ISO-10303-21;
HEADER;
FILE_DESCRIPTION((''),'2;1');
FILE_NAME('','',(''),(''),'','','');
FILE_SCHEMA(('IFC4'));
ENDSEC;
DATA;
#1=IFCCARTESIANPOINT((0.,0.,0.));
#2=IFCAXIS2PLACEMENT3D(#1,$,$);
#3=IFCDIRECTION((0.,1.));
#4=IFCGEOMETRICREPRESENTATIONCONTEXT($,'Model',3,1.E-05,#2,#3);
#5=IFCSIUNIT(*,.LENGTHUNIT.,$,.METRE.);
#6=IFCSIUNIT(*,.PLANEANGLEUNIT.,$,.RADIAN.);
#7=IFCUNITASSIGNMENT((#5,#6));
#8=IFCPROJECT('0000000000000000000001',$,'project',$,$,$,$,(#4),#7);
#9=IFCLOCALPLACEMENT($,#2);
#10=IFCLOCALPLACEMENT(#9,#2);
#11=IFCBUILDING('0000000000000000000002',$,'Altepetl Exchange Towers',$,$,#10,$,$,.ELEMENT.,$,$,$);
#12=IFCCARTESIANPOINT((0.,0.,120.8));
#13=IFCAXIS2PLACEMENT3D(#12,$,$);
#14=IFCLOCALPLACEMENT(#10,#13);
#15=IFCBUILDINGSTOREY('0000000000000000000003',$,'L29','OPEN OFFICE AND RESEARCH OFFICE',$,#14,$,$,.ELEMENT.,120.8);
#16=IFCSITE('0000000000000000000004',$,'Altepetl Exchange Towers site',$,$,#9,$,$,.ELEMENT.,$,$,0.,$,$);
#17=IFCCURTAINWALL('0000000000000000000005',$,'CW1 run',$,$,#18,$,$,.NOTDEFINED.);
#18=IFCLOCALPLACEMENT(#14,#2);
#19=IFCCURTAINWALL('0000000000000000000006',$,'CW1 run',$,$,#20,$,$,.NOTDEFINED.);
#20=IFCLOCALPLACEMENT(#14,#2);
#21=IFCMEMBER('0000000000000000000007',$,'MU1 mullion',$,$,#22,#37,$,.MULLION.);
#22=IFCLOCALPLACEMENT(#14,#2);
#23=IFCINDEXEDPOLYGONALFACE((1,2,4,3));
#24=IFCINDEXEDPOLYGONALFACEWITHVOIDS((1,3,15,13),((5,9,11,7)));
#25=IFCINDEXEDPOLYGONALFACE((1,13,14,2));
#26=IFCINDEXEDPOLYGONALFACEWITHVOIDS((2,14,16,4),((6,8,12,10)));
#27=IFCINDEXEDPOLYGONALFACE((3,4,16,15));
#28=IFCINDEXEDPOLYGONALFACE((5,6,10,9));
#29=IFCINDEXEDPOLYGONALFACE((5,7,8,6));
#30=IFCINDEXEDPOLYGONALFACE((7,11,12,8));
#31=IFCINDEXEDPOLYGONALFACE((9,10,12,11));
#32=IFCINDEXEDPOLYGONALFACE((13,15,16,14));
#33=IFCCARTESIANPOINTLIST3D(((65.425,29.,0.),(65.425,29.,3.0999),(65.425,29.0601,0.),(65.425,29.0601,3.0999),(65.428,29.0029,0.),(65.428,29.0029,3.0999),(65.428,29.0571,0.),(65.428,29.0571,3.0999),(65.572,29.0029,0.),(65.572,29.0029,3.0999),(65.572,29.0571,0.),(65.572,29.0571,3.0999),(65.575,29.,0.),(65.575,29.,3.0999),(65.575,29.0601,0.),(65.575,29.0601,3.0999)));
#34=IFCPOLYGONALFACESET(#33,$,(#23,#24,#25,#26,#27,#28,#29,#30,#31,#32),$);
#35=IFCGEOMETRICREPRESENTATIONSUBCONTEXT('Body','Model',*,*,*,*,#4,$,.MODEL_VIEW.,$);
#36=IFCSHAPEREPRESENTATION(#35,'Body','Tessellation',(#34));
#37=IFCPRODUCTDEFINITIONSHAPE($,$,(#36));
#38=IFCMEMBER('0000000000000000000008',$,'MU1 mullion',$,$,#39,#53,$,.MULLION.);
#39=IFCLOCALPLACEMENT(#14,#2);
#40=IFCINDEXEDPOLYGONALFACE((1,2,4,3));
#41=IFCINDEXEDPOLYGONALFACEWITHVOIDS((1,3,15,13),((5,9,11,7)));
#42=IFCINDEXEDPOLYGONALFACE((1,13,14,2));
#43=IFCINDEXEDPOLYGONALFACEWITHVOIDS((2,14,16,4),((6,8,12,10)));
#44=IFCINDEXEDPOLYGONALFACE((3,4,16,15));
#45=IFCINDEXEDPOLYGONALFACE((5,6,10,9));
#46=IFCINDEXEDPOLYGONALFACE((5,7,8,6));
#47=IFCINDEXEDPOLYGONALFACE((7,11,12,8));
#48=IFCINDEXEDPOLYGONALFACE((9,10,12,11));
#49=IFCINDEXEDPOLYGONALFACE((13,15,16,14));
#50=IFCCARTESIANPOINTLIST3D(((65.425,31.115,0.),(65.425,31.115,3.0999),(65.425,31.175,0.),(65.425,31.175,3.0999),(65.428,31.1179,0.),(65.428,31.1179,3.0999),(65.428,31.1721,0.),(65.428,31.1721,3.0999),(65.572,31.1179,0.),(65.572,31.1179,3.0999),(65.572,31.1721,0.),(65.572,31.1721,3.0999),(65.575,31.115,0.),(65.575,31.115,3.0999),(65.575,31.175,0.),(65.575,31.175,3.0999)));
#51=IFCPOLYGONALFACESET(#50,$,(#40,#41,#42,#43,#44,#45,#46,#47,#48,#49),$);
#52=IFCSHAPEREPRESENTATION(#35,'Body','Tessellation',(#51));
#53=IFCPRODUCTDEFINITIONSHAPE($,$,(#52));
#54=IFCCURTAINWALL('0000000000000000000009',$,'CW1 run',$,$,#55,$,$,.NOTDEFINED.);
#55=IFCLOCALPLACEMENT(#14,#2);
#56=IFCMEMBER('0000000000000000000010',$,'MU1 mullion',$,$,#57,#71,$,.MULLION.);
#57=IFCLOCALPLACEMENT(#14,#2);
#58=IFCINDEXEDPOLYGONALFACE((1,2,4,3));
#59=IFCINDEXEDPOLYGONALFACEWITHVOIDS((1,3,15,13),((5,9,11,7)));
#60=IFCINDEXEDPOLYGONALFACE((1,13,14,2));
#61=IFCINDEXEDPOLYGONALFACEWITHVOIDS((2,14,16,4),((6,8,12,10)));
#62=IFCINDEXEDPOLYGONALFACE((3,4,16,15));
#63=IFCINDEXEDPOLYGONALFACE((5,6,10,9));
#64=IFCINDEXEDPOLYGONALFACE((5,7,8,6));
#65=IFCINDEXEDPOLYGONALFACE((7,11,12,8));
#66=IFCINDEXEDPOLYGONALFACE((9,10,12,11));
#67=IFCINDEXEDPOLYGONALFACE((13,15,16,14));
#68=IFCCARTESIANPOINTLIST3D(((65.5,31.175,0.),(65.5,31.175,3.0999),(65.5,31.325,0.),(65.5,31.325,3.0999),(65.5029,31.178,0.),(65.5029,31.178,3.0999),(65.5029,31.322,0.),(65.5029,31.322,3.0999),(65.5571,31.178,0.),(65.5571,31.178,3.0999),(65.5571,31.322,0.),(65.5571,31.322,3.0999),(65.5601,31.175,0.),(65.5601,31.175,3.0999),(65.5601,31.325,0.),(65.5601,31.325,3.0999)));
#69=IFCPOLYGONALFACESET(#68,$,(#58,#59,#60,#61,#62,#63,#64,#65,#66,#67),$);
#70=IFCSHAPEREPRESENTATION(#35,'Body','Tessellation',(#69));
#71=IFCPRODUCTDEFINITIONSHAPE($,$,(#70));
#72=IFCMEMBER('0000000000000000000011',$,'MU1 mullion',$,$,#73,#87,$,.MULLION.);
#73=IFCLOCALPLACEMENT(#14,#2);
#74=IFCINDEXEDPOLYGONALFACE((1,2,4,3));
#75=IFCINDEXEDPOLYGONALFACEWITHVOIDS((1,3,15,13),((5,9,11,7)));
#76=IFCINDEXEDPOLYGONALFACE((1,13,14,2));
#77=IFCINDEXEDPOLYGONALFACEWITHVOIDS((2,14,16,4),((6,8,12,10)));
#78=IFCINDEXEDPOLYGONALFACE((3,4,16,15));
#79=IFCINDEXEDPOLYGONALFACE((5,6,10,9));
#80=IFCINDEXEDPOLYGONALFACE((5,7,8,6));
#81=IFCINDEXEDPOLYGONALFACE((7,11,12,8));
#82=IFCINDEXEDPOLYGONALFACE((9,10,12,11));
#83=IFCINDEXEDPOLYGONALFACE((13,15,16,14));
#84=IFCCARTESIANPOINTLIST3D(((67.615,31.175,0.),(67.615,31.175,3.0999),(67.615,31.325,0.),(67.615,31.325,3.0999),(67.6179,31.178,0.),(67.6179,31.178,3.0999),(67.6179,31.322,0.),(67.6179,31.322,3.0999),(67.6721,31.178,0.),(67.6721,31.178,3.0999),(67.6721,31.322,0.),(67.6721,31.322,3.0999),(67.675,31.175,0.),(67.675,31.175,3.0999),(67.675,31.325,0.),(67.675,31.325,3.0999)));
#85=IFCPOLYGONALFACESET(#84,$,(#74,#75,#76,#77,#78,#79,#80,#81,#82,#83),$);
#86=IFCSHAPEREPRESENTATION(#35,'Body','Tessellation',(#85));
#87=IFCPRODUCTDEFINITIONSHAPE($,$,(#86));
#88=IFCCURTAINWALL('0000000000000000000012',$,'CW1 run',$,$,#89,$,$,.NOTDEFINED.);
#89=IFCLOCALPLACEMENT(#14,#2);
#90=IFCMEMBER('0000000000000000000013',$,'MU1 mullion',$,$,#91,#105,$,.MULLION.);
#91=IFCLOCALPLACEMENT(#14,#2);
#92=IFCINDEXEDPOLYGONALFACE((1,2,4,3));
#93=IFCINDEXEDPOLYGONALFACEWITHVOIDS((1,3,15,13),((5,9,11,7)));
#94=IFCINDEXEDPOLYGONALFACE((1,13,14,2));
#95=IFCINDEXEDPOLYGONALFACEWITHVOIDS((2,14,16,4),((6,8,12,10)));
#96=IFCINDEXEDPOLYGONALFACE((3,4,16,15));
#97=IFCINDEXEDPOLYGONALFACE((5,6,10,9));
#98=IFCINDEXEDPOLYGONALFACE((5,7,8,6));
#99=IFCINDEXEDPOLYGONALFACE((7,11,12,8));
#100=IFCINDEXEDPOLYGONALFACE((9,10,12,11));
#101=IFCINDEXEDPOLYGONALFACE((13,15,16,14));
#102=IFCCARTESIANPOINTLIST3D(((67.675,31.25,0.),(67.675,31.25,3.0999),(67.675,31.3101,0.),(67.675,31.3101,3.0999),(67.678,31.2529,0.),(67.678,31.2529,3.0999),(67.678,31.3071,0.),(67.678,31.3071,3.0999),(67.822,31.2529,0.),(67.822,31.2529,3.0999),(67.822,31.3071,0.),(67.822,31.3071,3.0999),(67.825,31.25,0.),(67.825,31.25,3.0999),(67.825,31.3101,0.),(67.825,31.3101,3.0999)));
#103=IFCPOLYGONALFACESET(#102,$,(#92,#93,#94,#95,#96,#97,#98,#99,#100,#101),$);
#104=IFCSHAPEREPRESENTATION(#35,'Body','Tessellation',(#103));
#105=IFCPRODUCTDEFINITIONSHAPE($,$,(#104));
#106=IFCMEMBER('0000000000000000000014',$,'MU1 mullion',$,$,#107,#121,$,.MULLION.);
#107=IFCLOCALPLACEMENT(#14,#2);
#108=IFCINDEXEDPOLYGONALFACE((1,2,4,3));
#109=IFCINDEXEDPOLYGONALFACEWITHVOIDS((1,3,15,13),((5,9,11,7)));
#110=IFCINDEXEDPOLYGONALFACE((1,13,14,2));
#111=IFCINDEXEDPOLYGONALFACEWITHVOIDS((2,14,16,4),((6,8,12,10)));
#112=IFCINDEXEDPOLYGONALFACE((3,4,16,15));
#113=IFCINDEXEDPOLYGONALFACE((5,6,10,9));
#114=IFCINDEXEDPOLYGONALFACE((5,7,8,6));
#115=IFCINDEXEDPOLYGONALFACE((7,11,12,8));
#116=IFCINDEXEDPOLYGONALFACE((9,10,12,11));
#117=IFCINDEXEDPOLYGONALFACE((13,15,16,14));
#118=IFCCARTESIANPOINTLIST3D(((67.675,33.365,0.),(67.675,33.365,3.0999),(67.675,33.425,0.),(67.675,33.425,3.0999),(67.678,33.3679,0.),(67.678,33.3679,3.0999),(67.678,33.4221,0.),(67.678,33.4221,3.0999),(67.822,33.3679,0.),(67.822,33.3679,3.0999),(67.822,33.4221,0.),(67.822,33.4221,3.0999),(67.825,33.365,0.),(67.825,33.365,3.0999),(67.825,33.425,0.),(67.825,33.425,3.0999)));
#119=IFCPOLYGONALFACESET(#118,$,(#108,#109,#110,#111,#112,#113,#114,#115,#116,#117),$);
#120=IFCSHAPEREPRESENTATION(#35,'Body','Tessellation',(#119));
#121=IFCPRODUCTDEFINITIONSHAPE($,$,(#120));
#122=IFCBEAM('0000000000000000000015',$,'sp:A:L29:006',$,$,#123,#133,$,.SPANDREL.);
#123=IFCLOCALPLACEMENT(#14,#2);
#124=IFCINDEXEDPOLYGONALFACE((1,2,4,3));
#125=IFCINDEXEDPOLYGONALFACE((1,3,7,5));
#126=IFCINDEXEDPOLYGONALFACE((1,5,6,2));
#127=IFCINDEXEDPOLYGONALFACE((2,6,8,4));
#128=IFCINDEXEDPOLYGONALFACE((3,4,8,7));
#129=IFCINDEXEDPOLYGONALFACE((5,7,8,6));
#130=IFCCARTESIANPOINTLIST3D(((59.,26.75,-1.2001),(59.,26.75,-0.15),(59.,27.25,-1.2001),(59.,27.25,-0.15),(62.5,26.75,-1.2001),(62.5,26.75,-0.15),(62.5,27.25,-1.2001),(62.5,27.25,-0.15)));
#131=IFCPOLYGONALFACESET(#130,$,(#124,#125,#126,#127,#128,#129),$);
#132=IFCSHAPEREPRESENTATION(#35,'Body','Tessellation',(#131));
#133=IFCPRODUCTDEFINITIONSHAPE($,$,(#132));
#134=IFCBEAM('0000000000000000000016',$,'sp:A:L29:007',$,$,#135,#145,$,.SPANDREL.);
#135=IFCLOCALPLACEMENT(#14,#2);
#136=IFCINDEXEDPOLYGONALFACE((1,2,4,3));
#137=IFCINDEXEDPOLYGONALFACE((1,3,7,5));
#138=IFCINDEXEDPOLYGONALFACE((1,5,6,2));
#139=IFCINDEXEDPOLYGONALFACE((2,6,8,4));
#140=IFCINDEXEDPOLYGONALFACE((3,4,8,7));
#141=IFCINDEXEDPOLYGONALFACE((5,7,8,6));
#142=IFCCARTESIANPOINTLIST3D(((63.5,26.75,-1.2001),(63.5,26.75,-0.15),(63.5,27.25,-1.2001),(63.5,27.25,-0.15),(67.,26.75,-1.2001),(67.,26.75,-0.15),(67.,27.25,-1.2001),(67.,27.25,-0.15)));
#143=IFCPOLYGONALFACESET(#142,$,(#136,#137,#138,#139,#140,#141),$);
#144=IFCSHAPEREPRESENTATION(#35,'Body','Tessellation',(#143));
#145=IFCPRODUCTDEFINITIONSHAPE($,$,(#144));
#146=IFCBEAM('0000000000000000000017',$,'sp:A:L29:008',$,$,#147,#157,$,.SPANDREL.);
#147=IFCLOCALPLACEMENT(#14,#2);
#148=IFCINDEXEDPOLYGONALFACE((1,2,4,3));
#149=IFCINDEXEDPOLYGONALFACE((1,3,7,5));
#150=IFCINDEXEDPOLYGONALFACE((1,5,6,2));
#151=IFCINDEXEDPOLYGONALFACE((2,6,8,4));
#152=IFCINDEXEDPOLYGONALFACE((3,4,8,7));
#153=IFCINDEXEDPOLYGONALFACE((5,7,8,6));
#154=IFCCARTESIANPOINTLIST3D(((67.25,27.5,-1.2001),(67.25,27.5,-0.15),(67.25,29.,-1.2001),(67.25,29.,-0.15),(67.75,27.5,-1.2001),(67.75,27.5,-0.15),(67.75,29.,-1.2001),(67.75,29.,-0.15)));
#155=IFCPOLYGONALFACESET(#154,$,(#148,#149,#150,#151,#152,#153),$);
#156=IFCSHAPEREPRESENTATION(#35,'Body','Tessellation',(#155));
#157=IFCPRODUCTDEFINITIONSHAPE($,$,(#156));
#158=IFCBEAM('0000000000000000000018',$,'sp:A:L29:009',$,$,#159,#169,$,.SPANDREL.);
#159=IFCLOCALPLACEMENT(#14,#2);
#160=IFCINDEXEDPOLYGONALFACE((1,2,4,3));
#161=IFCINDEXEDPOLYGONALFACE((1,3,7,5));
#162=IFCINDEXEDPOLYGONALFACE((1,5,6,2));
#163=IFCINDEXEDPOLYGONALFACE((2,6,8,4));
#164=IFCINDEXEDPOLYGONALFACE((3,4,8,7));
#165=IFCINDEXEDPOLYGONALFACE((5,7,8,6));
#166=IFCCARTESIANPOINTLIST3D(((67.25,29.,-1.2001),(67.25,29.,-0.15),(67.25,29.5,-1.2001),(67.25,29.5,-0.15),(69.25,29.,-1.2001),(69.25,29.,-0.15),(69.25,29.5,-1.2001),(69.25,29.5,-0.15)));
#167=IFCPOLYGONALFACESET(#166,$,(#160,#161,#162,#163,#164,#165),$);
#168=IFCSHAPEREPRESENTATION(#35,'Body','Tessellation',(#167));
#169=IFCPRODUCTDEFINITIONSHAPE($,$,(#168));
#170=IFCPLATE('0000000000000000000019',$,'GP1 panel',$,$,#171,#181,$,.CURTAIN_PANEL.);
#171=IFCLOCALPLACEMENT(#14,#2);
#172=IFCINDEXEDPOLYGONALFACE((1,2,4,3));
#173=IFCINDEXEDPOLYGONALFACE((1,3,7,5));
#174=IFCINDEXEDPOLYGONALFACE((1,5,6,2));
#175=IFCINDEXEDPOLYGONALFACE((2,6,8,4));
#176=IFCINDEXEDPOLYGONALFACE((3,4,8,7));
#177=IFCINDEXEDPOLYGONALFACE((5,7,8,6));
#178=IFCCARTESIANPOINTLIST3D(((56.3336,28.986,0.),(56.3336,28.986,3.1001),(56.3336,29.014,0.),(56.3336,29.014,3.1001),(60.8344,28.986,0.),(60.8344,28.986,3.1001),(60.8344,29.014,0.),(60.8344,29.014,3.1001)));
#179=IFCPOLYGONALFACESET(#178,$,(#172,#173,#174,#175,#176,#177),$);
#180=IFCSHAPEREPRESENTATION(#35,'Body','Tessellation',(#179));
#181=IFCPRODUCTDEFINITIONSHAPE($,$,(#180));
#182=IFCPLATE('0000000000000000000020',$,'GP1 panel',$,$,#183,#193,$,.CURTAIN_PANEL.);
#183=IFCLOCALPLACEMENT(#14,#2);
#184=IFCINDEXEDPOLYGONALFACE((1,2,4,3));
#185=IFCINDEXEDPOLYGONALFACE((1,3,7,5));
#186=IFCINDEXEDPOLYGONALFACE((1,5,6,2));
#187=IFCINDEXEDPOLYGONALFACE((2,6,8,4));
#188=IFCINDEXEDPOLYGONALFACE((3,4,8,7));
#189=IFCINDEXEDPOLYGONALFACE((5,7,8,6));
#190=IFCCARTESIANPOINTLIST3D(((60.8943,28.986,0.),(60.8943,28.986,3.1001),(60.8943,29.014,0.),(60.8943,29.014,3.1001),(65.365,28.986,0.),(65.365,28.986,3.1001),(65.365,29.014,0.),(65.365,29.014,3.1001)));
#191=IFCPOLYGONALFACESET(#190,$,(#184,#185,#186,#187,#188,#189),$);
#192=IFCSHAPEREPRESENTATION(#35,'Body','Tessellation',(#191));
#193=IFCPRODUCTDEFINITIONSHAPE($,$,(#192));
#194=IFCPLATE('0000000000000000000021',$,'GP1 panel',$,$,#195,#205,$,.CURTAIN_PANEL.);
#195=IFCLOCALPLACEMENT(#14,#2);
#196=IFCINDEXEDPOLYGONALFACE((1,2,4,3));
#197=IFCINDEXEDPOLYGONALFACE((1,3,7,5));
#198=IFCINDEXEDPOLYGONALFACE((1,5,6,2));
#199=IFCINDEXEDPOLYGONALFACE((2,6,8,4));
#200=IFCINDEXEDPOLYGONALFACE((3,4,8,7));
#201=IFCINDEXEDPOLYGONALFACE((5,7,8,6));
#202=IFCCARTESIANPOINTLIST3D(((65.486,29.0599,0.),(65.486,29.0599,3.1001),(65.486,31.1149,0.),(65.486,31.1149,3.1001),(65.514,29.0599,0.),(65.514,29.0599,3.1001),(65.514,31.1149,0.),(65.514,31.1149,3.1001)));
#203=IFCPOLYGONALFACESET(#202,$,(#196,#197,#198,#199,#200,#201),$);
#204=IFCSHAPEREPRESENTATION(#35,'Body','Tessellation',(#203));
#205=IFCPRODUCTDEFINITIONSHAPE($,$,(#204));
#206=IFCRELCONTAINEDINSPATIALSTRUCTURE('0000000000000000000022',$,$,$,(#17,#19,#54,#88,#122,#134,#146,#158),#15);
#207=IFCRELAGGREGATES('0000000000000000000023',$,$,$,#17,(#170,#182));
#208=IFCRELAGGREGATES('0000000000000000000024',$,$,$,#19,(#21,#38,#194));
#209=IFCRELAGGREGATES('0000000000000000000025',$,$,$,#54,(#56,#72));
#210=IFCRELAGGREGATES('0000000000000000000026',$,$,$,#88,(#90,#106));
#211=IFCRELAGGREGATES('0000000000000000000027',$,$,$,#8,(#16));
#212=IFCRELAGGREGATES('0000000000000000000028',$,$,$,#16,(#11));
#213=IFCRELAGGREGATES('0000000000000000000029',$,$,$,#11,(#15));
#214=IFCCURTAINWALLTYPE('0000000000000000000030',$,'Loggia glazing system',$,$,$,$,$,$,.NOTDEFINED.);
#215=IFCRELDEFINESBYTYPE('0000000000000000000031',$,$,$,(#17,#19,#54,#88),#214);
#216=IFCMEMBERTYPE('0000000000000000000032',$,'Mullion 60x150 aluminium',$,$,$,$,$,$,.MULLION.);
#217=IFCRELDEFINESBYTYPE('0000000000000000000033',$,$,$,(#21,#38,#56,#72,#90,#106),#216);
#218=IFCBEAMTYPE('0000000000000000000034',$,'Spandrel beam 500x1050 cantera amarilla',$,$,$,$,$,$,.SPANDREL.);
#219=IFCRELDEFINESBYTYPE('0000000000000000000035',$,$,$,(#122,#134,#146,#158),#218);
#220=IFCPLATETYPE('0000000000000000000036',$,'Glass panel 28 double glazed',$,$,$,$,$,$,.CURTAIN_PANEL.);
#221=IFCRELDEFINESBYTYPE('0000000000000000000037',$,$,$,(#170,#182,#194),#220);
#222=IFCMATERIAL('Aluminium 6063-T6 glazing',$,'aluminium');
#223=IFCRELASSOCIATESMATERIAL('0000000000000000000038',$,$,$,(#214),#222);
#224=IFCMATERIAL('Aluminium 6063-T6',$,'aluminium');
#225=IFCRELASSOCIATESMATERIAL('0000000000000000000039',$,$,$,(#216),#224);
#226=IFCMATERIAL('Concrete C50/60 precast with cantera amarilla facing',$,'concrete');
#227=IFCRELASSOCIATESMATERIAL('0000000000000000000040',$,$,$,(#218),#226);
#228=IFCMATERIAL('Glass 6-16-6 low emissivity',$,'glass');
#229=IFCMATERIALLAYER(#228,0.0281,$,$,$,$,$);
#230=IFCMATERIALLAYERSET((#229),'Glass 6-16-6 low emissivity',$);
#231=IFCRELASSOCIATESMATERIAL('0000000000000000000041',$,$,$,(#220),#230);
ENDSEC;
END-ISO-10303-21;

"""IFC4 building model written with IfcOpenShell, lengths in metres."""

from ifc_helpers import new_model, si_unit, direction, frame, origin, origin_2d, place, context, subcontext, project, spatial, rectangle, hollow_rectangle, extrude, material, layer, layer_set, material_profile, profile_set, type_object, element, aggregate, save


model = new_model("IFC4")

# Units and contexts
model_context = context("Model", 3, precision=1e-05, world=origin(), true_north=direction((0.0, 1.0)))
body_context = subcontext(model_context, "Body", "Model", "MODEL_VIEW")
ifc_project = project(units=[si_unit("LENGTHUNIT", "METRE"), si_unit("PLANEANGLEUNIT", "RADIAN")], contexts=[model_context])

# Site, building, storey
site_placement = place(None, origin())
site = spatial("IfcSite", under=ifc_project, at=site_placement, Name="Altepetl Exchange Towers site", CompositionType="ELEMENT", RefElevation=0.0)
building_placement = place(site_placement, origin())
building = spatial("IfcBuilding", under=site, at=building_placement, Name="Altepetl Exchange Towers", CompositionType="ELEMENT")
storey_placement = place(building_placement, frame((0.0, 0.0, 120.8)))
storey = spatial("IfcBuildingStorey", under=building, at=storey_placement, Name="L29", Description="OPEN OFFICE AND RESEARCH OFFICE", CompositionType="ELEMENT", Elevation=120.8)

# Curtain walls, members
ifc_material_1 = material(Name="Aluminium 6063-T6 glazing", Category="aluminium")
curtain_wall_type = type_object("IfcCurtainWallType", Name="Loggia glazing system", PredefinedType="NOTDEFINED", material=ifc_material_1)
curtain_wall_1_placement = place(storey_placement, origin())
curtain_wall_1 = element("IfcCurtainWall", 1, at=curtain_wall_1_placement, inside=storey, type_object=curtain_wall_type, Name="CW1 run", PredefinedType="NOTDEFINED")
ifc_material_2 = material(Name="Aluminium 6063-T6", Category="aluminium")
ifc_material_profile_1 = material_profile(ifc_material_2, hollow_rectangle(XDim=0.0601, YDim=0.1499, WallThickness=0.0029, at=origin_2d()), Name="Mullion 60x150 aluminium")
ifc_profile_set_1 = profile_set([ifc_material_profile_1], Name="Aluminium 6063-T6")
member_type = type_object("IfcMemberType", Name="Mullion 60x150 aluminium", PredefinedType="MULLION", material=ifc_profile_set_1)
curtain_wall_2_placement = place(storey_placement, origin())
curtain_wall_2 = element("IfcCurtainWall", 2, at=curtain_wall_2_placement, inside=storey, type_object=curtain_wall_type, Name="CW1 run", PredefinedType="NOTDEFINED")
member_1_placement = place(storey_placement, frame((65.5, 29.03, 0.0), z_axis=(0.0, 0.0, 1.0), x_axis=(0.0, 1.0, 0.0)))
member_1 = element("IfcMember", 3, at=member_1_placement, type_object=member_type, Name="MU1 mullion", PredefinedType="MULLION", context=body_context, shape_type="SweptSolid", body=[
    extrude(hollow_rectangle(XDim=0.0601, YDim=0.1499, WallThickness=0.0029, at=origin_2d()), origin(), (0.0, 0.0, 1.0), 3.0999),
])
member_2_placement = place(storey_placement, frame((65.5, 31.145, 0.0), z_axis=(0.0, 0.0, 1.0), x_axis=(0.0, 1.0, 0.0)))
member_2 = element("IfcMember", 4, at=member_2_placement, type_object=member_type, Name="MU1 mullion", PredefinedType="MULLION", context=body_context, shape_type="SweptSolid", body=[
    extrude(hollow_rectangle(XDim=0.0601, YDim=0.1499, WallThickness=0.0029, at=origin_2d()), origin(), (0.0, 0.0, 1.0), 3.0999),
])
curtain_wall_3_placement = place(storey_placement, origin())
curtain_wall_3 = element("IfcCurtainWall", 5, at=curtain_wall_3_placement, inside=storey, type_object=curtain_wall_type, Name="CW1 run", PredefinedType="NOTDEFINED")
member_3_placement = place(storey_placement, frame((65.53, 31.25, 0.0)))
member_3 = element("IfcMember", 6, at=member_3_placement, type_object=member_type, Name="MU1 mullion", PredefinedType="MULLION", context=body_context, shape_type="SweptSolid", body=[
    extrude(hollow_rectangle(XDim=0.0601, YDim=0.1499, WallThickness=0.0029, at=origin_2d()), origin(), (0.0, 0.0, 1.0), 3.0999),
])
member_4_placement = place(storey_placement, frame((67.645, 31.25, 0.0)))
member_4 = element("IfcMember", 7, at=member_4_placement, type_object=member_type, Name="MU1 mullion", PredefinedType="MULLION", context=body_context, shape_type="SweptSolid", body=[
    extrude(hollow_rectangle(XDim=0.0601, YDim=0.1499, WallThickness=0.0029, at=origin_2d()), origin(), (0.0, 0.0, 1.0), 3.0999),
])
curtain_wall_4_placement = place(storey_placement, origin())
curtain_wall_4 = element("IfcCurtainWall", 8, at=curtain_wall_4_placement, inside=storey, type_object=curtain_wall_type, Name="CW1 run", PredefinedType="NOTDEFINED")
member_5_placement = place(storey_placement, frame((67.75, 31.28, 0.0), z_axis=(0.0, 0.0, 1.0), x_axis=(0.0, 1.0, 0.0)))
member_5 = element("IfcMember", 9, at=member_5_placement, type_object=member_type, Name="MU1 mullion", PredefinedType="MULLION", context=body_context, shape_type="SweptSolid", body=[
    extrude(hollow_rectangle(XDim=0.0601, YDim=0.1499, WallThickness=0.0029, at=origin_2d()), origin(), (0.0, 0.0, 1.0), 3.0999),
])
member_6_placement = place(storey_placement, frame((67.75, 33.395, 0.0), z_axis=(0.0, 0.0, 1.0), x_axis=(0.0, 1.0, 0.0)))
member_6 = element("IfcMember", 10, at=member_6_placement, type_object=member_type, Name="MU1 mullion", PredefinedType="MULLION", context=body_context, shape_type="SweptSolid", body=[
    extrude(hollow_rectangle(XDim=0.0601, YDim=0.1499, WallThickness=0.0029, at=origin_2d()), origin(), (0.0, 0.0, 1.0), 3.0999),
])

# Beams
ifc_material_3 = material(Name="Concrete C50/60 precast with cantera amarilla facing", Category="concrete")
ifc_material_profile_2 = material_profile(ifc_material_3, rectangle(XDim=0.5, YDim=1.05, at=origin_2d()), Name="500 x 1050")
ifc_profile_set_2 = profile_set([ifc_material_profile_2], Name="Concrete C50/60 precast with cantera amarilla facing")
beam_type_1 = type_object("IfcBeamType", Name="Spandrel beam 500x1050 cantera amarilla", PredefinedType="SPANDREL", material=ifc_profile_set_2)
for number, where, z_axis, x_axis, name in (
    (11, (59.0, 27.0, -0.675), (1.0, 0.0, 0.0), (0.0, 1.0, 0.0), "sp:A:L29:006"),
    (12, (63.5, 27.0, -0.675), (1.0, 0.0, 0.0), (0.0, 1.0, 0.0), "sp:A:L29:007"),
):
    element("IfcBeam", number, at=place(storey_placement, frame(where, z_axis=z_axis, x_axis=x_axis)), inside=storey, type_object=beam_type_1, Name=name, PredefinedType="SPANDREL", context=body_context, shape_type="SweptSolid", body=[
        extrude(rectangle(XDim=0.5, YDim=1.05, at=origin_2d()), origin(), (0.0, 0.0, 1.0), 3.5),
    ])
beam_1_placement = place(storey_placement, frame((67.5, 27.5, -0.675), z_axis=(0.0, 1.0, 0.0), x_axis=(-1.0, 0.0, 0.0)))
element("IfcBeam", 13, at=beam_1_placement, inside=storey, type_object=beam_type_1, Name="sp:A:L29:008", PredefinedType="SPANDREL", context=body_context, shape_type="SweptSolid", body=[
    extrude(rectangle(XDim=0.5, YDim=1.05, at=origin_2d()), origin(), (0.0, 0.0, 1.0), 1.5),
])
beam_2_placement = place(storey_placement, frame((67.25, 29.25, -0.675), z_axis=(1.0, 0.0, 0.0), x_axis=(0.0, 1.0, 0.0)))
element("IfcBeam", 14, at=beam_2_placement, inside=storey, type_object=beam_type_1, Name="sp:A:L29:009", PredefinedType="SPANDREL", context=body_context, shape_type="SweptSolid", body=[
    extrude(rectangle(XDim=0.5, YDim=1.05, at=origin_2d()), origin(), (0.0, 0.0, 1.0), 2.0),
])

# Plates
ifc_material_4 = material(Name="Glass 6-16-6 low emissivity", Category="glass")
ifc_layer_1 = layer(ifc_material_4, 0.0281)
ifc_layer_set_1 = layer_set([ifc_layer_1], Name="Glass 6-16-6 low emissivity")
plate_type = type_object("IfcPlateType", Name="Glass panel 28 double glazed", PredefinedType="CURTAIN_PANEL", material=ifc_layer_set_1)
plate_1_placement = place(storey_placement, frame((58.584, 29.0, 0.0)))
plate_1 = element("IfcPlate", 15, at=plate_1_placement, type_object=plate_type, Name="GP1 panel", PredefinedType="CURTAIN_PANEL", context=body_context, shape_type="SweptSolid", body=[
    extrude(rectangle(XDim=4.5007, YDim=0.0281, at=origin_2d()), origin(), (0.0, 0.0, 1.0), 3.1001),
])
plate_2_placement = place(storey_placement, frame((63.1296, 29.0, 0.0)))
plate_2 = element("IfcPlate", 16, at=plate_2_placement, type_object=plate_type, Name="GP1 panel", PredefinedType="CURTAIN_PANEL", context=body_context, shape_type="SweptSolid", body=[
    extrude(rectangle(XDim=4.4707, YDim=0.0281, at=origin_2d()), origin(), (0.0, 0.0, 1.0), 3.1001),
])
aggregate(curtain_wall_1, [plate_1, plate_2])
plate_3_placement = place(storey_placement, frame((65.5, 30.0874, 0.0), z_axis=(0.0, 0.0, 1.0), x_axis=(0.0, 1.0, 0.0)))
plate_3 = element("IfcPlate", 17, at=plate_3_placement, type_object=plate_type, Name="GP1 panel", PredefinedType="CURTAIN_PANEL", context=body_context, shape_type="SweptSolid", body=[
    extrude(rectangle(XDim=2.0549, YDim=0.0281, at=origin_2d()), origin(), (0.0, 0.0, 1.0), 3.1001),
])
aggregate(curtain_wall_2, [member_1, member_2, plate_3])
aggregate(curtain_wall_3, [member_3, member_4])
aggregate(curtain_wall_4, [member_5, member_6])

save(model, "model.ifc")
